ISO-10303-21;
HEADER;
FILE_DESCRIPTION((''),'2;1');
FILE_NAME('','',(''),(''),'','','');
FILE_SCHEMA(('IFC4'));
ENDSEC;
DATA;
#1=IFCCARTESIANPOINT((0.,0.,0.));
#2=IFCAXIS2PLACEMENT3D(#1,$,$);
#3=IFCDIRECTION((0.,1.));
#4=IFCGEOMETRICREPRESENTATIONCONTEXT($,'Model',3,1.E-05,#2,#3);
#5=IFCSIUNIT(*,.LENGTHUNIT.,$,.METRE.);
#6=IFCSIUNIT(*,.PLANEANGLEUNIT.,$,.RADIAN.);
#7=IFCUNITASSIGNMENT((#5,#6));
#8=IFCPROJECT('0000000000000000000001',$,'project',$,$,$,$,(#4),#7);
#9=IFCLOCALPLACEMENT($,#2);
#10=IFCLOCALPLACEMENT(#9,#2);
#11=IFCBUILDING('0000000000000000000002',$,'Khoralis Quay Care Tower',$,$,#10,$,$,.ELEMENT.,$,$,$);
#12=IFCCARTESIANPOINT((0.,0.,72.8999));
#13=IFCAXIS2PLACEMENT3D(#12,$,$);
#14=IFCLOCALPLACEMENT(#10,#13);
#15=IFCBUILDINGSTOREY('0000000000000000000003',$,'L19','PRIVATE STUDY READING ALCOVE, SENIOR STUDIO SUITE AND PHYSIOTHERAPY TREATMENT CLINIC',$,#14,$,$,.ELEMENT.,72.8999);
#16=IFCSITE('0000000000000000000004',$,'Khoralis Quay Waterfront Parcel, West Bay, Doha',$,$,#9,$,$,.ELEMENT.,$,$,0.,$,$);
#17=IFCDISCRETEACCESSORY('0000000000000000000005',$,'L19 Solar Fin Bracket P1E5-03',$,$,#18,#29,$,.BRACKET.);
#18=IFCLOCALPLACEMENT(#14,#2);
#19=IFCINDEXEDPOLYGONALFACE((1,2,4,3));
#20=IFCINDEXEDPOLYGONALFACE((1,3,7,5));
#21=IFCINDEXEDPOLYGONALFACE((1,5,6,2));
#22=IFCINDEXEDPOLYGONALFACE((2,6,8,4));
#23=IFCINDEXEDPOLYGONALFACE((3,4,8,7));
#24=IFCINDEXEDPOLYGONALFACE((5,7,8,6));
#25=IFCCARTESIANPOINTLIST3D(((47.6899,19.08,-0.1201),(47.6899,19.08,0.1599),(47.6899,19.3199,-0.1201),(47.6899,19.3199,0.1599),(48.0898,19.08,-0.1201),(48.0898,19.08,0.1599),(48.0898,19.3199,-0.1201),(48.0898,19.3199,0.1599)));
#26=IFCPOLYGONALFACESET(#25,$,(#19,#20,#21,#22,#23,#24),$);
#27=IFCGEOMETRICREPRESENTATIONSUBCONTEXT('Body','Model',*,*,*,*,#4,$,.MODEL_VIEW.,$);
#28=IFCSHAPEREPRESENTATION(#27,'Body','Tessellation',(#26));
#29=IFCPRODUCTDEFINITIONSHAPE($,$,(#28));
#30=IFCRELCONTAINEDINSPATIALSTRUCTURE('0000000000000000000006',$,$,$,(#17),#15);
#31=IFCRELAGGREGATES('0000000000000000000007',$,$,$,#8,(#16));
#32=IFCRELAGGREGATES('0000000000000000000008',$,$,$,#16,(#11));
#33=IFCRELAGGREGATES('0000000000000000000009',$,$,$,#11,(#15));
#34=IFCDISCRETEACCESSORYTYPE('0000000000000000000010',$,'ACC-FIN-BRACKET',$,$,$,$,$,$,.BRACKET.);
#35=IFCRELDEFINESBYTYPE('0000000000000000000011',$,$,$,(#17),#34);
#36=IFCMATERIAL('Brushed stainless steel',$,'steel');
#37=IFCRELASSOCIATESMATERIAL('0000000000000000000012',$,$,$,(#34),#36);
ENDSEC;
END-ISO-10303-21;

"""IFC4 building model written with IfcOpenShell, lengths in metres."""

from ifc_helpers import new_model, si_unit, direction, frame, origin, origin_2d, place, context, subcontext, project, spatial, rectangle, extrude, source, transform, mapped, material, type_object, element, save


model = new_model("IFC4")

# Units and contexts
model_context = context("Model", 3, precision=1e-05, world=origin(), true_north=direction((0.0, 1.0)))
body_context = subcontext(model_context, "Body", "Model", "MODEL_VIEW")
ifc_project = project(units=[si_unit("LENGTHUNIT", "METRE"), si_unit("PLANEANGLEUNIT", "RADIAN")], contexts=[model_context])

# Site, building, storey
site_placement = place(None, origin())
site = spatial("IfcSite", under=ifc_project, at=site_placement, Name="Khoralis Quay Waterfront Parcel, West Bay, Doha", CompositionType="ELEMENT", RefElevation=0.0)
building_placement = place(site_placement, origin())
building = spatial("IfcBuilding", under=site, at=building_placement, Name="Khoralis Quay Care Tower", CompositionType="ELEMENT")
storey_placement = place(building_placement, frame((0.0, 0.0, 72.8999)))
storey = spatial("IfcBuildingStorey", under=building, at=storey_placement, Name="L19", Description="PRIVATE STUDY READING ALCOVE, SENIOR STUDIO SUITE AND PHYSIOTHERAPY TREATMENT CLINIC", CompositionType="ELEMENT", Elevation=72.8999)

# Shared definitions
ifc_material_1 = material(Name="Brushed stainless steel", Category="steel")

# Discrete accessory
discrete_accessory_type = type_object("IfcDiscreteAccessoryType", Name="ACC-FIN-BRACKET", PredefinedType="BRACKET", material=ifc_material_1)
shared_shape_1 = source(origin(), body_context, "Body", "SweptSolid", [
    extrude(rectangle(XDim=0.3999, YDim=0.24, at=origin_2d()), origin(), (0.0, 0.0, 1.0), 0.28),
])
for number, where, z_axis, x_axis, name in (
    (1, (47.8899, 19.2, -0.1201), (0.0, 0.0, 1.0), (1.0, 0.0, 0.0), "L19 Solar Fin Bracket P1E5-03"),
):
    element("IfcDiscreteAccessory", number, at=place(storey_placement, frame(where, z_axis=z_axis, x_axis=x_axis)), inside=storey, type_object=discrete_accessory_type, Name=name, PredefinedType="BRACKET", context=body_context, shape_type="MappedRepresentation", body=[
        mapped(shared_shape_1, transform((0.0, 0.0, 0.0), scale=1.0)),
    ])

save(model, "model.ifc")
